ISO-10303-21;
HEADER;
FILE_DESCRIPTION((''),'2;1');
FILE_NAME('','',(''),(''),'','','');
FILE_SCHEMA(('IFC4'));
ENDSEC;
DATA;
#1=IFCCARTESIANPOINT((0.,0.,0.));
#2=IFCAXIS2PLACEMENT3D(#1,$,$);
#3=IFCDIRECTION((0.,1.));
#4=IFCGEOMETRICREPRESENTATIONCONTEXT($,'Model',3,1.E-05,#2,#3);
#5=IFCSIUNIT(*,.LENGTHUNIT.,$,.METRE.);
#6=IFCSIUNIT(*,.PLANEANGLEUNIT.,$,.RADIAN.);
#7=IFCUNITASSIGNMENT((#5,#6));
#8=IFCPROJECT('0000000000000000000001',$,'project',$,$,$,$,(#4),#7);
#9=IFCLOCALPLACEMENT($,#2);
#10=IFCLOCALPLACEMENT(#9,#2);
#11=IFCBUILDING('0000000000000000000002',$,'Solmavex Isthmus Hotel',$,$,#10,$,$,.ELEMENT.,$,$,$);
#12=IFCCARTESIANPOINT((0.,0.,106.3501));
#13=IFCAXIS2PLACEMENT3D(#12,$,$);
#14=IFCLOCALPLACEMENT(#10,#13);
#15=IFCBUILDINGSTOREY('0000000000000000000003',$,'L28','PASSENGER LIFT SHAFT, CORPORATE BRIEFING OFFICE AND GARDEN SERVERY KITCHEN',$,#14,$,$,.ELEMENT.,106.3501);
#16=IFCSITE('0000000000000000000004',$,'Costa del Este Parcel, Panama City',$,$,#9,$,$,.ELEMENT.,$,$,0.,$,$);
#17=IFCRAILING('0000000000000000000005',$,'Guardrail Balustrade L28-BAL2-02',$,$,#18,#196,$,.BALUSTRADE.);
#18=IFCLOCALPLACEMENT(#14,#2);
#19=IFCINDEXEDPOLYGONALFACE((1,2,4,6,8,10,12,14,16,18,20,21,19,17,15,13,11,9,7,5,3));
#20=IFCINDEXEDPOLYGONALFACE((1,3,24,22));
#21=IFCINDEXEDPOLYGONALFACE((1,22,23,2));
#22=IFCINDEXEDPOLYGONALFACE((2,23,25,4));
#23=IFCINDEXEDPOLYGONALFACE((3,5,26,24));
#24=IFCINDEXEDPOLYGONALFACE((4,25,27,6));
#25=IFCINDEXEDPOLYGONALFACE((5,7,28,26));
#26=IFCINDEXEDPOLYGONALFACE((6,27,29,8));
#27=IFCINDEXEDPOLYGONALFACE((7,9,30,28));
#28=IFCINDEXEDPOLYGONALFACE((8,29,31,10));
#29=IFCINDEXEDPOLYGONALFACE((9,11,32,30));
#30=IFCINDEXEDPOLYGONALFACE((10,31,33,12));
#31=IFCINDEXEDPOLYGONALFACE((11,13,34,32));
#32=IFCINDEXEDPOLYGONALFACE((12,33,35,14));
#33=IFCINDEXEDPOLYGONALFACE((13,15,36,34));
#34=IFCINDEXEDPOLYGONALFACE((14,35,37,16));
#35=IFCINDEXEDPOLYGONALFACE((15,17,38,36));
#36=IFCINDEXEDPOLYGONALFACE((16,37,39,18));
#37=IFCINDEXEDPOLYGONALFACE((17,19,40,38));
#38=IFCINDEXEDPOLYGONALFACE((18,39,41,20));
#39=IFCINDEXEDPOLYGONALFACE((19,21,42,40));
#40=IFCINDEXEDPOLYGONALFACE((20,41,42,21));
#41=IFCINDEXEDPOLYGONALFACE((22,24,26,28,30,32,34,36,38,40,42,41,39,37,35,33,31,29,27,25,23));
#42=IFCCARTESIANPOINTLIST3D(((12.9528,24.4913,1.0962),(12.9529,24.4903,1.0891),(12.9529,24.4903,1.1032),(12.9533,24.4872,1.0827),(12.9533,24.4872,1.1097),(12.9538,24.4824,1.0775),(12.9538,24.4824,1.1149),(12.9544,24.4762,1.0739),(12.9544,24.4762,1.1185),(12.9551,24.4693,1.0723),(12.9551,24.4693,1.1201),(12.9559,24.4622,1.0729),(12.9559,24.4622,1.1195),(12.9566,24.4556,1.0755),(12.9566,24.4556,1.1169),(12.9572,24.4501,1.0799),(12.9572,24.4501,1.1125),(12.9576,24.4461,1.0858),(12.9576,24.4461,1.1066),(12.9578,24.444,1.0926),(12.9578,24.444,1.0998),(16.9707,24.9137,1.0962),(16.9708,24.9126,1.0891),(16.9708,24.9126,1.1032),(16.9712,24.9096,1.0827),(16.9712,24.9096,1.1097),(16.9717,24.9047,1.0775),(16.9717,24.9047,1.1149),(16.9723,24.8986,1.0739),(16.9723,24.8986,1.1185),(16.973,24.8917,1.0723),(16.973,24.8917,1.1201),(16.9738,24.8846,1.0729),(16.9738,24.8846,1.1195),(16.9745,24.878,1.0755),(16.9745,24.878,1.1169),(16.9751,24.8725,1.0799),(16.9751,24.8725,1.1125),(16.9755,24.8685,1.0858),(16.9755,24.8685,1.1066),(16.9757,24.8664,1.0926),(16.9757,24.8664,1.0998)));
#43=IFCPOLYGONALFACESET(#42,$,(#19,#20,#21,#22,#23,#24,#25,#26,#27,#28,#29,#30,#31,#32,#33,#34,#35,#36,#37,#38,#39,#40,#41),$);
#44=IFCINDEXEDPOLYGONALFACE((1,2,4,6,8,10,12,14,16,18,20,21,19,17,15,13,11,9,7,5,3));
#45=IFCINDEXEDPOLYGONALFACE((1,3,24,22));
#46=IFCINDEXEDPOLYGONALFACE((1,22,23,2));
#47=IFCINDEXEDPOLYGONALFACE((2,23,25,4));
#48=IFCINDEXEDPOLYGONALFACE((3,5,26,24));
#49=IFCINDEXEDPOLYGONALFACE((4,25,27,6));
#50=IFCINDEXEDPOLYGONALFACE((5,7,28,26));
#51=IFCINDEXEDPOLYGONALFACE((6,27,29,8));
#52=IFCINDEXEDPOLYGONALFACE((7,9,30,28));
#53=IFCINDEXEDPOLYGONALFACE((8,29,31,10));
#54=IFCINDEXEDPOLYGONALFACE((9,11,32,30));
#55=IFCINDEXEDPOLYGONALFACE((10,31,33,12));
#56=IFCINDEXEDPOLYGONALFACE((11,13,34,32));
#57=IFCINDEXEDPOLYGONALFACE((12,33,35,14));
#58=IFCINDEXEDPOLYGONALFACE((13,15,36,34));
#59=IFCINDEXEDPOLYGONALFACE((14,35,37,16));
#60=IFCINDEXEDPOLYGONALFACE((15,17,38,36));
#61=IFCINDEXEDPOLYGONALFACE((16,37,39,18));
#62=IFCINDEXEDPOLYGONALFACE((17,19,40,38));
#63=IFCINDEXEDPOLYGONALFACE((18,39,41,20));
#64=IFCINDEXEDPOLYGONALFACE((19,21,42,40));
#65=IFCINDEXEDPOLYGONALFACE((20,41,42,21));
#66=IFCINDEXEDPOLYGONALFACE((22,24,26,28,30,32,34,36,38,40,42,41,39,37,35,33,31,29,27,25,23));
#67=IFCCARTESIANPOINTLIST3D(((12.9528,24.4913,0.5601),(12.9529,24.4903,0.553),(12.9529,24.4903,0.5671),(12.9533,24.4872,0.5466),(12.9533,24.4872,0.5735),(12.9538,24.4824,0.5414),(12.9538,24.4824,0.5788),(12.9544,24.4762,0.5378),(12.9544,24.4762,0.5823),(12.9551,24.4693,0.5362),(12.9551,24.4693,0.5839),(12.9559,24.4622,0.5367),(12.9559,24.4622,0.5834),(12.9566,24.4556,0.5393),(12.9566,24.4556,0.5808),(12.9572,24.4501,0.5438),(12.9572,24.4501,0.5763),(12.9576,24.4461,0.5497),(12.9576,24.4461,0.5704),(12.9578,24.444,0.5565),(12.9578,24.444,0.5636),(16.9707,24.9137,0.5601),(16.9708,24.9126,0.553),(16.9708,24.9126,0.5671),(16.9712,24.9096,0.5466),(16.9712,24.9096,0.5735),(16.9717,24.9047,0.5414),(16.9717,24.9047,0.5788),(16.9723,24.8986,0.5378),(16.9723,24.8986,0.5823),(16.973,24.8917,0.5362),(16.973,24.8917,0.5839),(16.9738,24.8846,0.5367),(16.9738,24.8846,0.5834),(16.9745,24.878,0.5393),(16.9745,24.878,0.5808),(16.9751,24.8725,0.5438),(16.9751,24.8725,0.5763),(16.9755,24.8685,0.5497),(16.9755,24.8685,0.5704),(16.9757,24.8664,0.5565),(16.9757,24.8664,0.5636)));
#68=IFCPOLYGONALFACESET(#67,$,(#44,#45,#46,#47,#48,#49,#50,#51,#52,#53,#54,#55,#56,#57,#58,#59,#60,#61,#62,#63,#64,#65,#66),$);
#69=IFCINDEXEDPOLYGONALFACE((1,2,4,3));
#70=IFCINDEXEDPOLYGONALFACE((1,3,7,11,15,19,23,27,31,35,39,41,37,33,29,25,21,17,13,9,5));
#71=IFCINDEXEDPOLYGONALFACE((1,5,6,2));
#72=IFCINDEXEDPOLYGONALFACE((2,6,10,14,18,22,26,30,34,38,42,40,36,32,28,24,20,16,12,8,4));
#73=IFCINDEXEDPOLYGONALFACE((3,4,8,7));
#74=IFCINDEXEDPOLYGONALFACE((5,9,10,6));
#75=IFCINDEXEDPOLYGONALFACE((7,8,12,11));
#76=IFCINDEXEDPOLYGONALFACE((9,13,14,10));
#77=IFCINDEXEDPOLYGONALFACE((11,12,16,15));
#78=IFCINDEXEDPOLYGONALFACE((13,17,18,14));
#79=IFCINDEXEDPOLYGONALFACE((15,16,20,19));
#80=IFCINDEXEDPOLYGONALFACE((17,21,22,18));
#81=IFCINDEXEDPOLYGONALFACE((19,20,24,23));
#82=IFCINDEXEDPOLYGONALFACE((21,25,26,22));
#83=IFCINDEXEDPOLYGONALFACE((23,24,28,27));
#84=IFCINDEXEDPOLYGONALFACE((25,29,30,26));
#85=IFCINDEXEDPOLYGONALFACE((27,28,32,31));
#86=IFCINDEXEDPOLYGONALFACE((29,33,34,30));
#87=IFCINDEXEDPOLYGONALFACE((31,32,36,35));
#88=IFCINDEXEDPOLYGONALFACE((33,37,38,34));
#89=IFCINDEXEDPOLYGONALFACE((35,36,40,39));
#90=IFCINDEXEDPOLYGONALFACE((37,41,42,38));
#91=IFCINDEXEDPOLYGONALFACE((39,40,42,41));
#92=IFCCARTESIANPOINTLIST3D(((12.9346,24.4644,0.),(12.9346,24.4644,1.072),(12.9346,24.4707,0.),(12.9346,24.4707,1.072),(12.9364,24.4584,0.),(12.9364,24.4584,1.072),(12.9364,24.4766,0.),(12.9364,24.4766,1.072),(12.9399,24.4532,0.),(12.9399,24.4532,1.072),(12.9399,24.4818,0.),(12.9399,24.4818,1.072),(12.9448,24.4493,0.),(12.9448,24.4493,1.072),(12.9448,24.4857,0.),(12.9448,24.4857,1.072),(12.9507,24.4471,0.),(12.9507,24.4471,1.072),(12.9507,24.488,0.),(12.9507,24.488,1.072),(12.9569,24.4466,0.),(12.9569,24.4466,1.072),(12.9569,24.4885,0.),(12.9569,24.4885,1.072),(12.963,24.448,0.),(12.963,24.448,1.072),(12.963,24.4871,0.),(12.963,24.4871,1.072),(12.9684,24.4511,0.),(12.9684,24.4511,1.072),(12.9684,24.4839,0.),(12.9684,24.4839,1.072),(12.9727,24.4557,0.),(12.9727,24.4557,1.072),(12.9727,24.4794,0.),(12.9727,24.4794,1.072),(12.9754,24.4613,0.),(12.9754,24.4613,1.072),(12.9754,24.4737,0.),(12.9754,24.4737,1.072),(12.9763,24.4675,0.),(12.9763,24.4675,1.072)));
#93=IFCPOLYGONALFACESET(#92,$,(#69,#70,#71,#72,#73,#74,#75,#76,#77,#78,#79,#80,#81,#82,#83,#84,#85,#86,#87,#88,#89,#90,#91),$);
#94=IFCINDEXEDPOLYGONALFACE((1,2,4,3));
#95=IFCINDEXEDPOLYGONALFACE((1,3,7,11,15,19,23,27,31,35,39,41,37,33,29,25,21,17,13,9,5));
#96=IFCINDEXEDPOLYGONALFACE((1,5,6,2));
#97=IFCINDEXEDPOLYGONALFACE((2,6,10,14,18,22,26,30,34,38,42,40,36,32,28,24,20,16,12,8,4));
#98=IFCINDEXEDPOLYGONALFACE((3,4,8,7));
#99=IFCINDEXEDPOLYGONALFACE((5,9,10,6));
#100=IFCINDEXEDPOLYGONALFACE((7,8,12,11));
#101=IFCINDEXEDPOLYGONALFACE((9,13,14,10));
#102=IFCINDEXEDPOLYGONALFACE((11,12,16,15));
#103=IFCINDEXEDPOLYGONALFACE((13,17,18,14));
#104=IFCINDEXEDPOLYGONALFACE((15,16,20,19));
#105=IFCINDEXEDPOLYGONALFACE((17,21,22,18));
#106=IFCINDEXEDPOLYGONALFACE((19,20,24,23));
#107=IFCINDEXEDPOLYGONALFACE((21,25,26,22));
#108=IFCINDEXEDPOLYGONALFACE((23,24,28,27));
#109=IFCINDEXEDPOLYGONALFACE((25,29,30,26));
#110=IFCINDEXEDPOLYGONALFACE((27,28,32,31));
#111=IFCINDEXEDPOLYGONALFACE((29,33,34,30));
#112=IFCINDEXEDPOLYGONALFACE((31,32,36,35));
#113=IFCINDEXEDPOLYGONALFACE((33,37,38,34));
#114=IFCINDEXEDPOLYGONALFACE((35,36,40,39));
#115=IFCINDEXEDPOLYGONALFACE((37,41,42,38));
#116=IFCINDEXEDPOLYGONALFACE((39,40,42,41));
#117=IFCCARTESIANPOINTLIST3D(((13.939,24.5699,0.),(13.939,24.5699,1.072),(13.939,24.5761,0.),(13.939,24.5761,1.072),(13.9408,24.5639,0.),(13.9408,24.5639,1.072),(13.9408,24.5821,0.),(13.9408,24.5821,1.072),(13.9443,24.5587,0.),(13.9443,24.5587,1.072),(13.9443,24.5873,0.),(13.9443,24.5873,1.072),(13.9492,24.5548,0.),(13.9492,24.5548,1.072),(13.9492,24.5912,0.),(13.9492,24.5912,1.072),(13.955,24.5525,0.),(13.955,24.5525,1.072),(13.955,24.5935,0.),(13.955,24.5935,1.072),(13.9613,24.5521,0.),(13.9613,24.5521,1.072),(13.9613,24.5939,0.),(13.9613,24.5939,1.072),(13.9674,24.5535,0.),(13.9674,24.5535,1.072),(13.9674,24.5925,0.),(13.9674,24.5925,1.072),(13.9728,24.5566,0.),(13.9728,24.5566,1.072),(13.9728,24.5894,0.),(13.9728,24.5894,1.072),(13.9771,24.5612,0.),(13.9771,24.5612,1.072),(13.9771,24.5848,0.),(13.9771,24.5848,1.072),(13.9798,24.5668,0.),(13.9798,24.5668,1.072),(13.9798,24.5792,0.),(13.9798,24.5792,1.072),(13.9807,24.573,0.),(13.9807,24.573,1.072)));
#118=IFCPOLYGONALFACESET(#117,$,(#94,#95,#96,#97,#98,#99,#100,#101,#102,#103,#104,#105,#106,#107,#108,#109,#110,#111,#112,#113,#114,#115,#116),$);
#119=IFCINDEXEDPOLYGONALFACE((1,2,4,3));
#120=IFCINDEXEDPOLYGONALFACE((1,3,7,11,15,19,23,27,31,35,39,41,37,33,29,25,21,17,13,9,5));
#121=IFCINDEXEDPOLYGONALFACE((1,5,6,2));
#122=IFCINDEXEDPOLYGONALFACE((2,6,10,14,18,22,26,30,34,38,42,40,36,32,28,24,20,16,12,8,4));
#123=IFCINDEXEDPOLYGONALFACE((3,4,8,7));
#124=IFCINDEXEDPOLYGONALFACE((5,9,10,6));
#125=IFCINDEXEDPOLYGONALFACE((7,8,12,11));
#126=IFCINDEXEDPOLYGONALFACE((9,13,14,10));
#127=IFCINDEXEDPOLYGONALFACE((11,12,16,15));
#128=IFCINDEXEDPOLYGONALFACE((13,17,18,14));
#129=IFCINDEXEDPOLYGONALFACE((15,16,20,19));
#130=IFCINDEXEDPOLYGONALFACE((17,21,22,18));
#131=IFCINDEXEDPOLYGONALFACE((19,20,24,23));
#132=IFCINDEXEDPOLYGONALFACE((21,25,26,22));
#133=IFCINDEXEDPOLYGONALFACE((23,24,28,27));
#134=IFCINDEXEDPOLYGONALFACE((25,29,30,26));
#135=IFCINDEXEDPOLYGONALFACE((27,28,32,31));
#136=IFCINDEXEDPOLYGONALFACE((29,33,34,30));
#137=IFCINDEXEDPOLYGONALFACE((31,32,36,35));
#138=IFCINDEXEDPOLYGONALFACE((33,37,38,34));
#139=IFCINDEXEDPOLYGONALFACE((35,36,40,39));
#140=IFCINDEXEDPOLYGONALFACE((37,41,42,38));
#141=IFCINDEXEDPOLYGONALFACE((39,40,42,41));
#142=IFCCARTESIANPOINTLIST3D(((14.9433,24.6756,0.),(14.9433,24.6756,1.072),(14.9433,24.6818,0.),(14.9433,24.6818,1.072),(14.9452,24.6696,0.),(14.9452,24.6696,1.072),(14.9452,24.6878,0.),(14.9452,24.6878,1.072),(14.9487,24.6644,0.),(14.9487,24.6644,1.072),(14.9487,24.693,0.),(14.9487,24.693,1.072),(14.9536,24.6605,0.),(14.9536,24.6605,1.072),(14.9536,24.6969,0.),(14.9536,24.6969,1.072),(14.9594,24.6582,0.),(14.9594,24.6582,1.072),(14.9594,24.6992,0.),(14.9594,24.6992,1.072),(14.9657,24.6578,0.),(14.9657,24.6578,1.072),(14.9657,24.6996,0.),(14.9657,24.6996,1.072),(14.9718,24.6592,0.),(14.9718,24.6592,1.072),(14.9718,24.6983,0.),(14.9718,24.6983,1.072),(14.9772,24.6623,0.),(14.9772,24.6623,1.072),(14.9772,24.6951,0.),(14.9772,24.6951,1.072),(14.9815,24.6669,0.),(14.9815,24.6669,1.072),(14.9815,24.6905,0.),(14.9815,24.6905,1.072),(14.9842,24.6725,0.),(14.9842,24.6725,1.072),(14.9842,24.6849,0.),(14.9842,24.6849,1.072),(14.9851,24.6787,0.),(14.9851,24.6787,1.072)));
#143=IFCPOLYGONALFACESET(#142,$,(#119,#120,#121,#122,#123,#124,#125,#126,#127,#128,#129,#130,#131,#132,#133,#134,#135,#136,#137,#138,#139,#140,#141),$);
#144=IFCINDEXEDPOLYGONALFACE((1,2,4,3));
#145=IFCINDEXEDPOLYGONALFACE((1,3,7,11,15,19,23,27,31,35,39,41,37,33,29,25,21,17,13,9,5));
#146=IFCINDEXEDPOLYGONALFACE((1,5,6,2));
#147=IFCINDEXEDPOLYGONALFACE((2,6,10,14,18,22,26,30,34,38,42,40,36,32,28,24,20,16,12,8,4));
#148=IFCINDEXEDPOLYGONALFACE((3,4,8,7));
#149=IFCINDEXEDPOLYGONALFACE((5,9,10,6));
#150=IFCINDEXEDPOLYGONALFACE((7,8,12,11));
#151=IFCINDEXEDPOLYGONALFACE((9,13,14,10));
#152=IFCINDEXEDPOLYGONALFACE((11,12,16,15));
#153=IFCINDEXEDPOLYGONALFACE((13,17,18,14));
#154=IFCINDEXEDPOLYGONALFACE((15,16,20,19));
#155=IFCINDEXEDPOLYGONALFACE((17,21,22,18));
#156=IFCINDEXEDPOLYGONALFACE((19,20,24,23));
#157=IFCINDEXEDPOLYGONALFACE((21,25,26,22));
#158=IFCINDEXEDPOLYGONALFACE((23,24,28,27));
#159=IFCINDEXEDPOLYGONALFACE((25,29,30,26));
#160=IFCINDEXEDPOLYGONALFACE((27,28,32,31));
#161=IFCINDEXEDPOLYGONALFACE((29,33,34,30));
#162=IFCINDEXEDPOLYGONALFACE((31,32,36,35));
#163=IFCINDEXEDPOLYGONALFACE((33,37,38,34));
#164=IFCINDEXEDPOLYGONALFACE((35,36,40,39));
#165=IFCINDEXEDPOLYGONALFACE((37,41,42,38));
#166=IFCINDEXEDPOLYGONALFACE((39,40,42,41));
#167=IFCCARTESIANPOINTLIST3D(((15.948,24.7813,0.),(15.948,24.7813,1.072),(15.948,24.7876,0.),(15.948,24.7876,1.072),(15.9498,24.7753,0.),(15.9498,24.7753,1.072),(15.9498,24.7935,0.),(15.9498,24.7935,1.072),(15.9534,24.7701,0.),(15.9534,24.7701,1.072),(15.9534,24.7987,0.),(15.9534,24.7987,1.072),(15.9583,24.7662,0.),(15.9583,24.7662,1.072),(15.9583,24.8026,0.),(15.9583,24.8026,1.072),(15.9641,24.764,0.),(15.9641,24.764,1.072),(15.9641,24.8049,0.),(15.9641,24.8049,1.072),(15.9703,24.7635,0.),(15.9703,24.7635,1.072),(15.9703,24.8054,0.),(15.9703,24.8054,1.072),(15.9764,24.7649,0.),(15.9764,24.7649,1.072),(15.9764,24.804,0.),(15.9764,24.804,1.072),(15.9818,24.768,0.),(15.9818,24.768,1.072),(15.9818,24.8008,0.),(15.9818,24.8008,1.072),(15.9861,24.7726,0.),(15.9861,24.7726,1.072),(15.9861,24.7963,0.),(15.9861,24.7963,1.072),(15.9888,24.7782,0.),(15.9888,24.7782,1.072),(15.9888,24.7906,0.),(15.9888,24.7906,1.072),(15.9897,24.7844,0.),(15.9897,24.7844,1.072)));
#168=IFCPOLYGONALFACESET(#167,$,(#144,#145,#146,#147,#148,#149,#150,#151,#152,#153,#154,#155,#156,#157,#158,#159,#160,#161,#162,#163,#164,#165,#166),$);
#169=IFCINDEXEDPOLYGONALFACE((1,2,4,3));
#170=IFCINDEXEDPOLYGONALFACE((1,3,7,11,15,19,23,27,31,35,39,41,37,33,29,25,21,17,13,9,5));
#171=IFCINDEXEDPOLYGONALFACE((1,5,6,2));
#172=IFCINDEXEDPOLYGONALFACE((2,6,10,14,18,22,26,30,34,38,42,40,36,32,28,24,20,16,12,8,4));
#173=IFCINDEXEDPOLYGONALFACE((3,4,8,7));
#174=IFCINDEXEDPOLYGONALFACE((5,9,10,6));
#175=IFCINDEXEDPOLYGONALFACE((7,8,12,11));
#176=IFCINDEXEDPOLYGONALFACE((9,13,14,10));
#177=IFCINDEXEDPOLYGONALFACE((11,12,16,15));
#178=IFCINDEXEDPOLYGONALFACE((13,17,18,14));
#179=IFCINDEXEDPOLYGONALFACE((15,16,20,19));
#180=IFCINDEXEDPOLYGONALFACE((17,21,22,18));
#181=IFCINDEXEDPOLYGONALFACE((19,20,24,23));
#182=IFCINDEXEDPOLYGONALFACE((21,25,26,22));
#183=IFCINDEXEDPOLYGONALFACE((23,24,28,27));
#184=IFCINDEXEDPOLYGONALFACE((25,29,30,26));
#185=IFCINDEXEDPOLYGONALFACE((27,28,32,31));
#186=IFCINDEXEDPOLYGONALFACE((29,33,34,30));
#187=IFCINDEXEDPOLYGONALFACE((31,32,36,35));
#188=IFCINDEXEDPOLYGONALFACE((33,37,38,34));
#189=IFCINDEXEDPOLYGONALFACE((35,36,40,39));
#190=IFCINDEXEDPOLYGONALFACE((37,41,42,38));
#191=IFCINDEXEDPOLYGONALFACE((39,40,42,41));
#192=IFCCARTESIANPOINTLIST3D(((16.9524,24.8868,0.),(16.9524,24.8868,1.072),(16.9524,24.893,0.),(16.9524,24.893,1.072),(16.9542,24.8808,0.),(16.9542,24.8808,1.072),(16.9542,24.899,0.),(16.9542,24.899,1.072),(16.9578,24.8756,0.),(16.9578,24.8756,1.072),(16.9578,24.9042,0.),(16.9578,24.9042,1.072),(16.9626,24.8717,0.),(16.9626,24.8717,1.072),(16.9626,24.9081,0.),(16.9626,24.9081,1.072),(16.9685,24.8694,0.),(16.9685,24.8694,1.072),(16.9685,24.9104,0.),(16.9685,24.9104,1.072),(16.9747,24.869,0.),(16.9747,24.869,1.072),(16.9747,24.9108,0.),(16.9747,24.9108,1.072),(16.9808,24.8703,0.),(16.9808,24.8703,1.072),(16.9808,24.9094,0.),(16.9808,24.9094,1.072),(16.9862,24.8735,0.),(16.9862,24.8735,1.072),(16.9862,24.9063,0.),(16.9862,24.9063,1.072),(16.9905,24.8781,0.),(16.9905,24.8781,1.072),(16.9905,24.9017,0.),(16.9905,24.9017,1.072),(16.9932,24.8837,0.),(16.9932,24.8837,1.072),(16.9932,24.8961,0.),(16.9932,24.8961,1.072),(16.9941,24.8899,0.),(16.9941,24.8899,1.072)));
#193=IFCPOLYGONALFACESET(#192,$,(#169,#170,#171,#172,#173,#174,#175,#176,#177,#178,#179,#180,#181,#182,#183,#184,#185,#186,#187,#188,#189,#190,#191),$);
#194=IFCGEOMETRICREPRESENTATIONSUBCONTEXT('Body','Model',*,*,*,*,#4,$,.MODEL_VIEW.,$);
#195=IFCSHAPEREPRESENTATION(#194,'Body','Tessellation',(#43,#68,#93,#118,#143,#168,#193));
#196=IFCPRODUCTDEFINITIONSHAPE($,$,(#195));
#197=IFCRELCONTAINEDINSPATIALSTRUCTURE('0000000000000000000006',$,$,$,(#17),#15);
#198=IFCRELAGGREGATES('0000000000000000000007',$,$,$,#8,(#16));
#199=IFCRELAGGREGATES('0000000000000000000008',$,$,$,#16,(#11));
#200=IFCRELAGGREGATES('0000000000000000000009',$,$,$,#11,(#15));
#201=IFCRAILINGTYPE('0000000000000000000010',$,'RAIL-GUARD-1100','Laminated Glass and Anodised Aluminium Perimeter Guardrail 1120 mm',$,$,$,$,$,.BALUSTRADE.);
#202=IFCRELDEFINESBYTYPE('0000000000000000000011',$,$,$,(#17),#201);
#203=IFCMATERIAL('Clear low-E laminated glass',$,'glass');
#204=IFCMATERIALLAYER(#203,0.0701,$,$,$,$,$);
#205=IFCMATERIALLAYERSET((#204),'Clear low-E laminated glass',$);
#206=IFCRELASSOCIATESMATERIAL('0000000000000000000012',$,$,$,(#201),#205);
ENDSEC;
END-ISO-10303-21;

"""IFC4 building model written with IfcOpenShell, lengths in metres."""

from ifc_helpers import new_model, si_unit, direction, frame, origin, origin_2d, place, context, subcontext, project, spatial, circle, extrude, material, layer, layer_set, type_object, element, save


model = new_model("IFC4")

# Units and contexts
model_context = context("Model", 3, precision=1e-05, world=origin(), true_north=direction((0.0, 1.0)))
body_context = subcontext(model_context, "Body", "Model", "MODEL_VIEW")
ifc_project = project(units=[si_unit("LENGTHUNIT", "METRE"), si_unit("PLANEANGLEUNIT", "RADIAN")], contexts=[model_context])

# Site, building, storey
site_placement = place(None, origin())
site = spatial("IfcSite", under=ifc_project, at=site_placement, Name="Costa del Este Parcel, Panama City", CompositionType="ELEMENT", RefElevation=0.0)
building_placement = place(site_placement, origin())
building = spatial("IfcBuilding", under=site, at=building_placement, Name="Solmavex Isthmus Hotel", CompositionType="ELEMENT")
storey_placement = place(building_placement, frame((0.0, 0.0, 106.3501)))
storey = spatial("IfcBuildingStorey", under=building, at=storey_placement, Name="L28", Description="PASSENGER LIFT SHAFT, CORPORATE BRIEFING OFFICE AND GARDEN SERVERY KITCHEN", CompositionType="ELEMENT", Elevation=106.3501)

# Shared definitions
ifc_material_1 = material(Name="Clear low-E laminated glass", Category="glass")

# Railing
ifc_layer_1 = layer(ifc_material_1, 0.0701)
ifc_layer_set_1 = layer_set([ifc_layer_1], Name="Clear low-E laminated glass")
railing_type = type_object("IfcRailingType", Name="RAIL-GUARD-1100", Description="Laminated Glass and Anodised Aluminium Perimeter Guardrail 1120 mm", PredefinedType="BALUSTRADE", material=ifc_layer_set_1)
railing_1_placement = place(storey_placement, frame((12.9553, 24.4675, 0.0)))
element("IfcRailing", 1, at=railing_1_placement, inside=storey, type_object=railing_type, Name="Guardrail Balustrade L28-BAL2-02", PredefinedType="BALUSTRADE", context=body_context, shape_type="SweptSolid", body=[
    extrude(circle(Radius=0.0239, at=origin_2d()), frame((0.0, 0.0, 1.0962), z_axis=(0.99452, 0.104546, 0.0), x_axis=(-0.104546, 0.99452, 0.0)), (0.0, 0.0, 1.0), 4.04),
    extrude(circle(Radius=0.0239, at=origin_2d()), frame((0.0, 0.0, 0.5601), z_axis=(0.99452, 0.104546, 0.0), x_axis=(-0.104546, 0.99452, 0.0)), (0.0, 0.0, 1.0), 4.04),
    extrude(circle(Radius=0.021, at=origin_2d()), origin(), (0.0, 0.0, 1.0), 1.072),
    extrude(circle(Radius=0.021, at=origin_2d()), frame((1.0044, 0.1055, 0.0)), (0.0, 0.0, 1.0), 1.072),
    extrude(circle(Radius=0.021, at=origin_2d()), frame((2.0088, 0.2112, 0.0)), (0.0, 0.0, 1.0), 1.072),
    extrude(circle(Radius=0.021, at=origin_2d()), frame((3.0134, 0.3169, 0.0)), (0.0, 0.0, 1.0), 1.072),
    extrude(circle(Radius=0.021, at=origin_2d()), frame((4.0178, 0.4224, 0.0)), (0.0, 0.0, 1.0), 1.072),
])

save(model, "model.ifc")
